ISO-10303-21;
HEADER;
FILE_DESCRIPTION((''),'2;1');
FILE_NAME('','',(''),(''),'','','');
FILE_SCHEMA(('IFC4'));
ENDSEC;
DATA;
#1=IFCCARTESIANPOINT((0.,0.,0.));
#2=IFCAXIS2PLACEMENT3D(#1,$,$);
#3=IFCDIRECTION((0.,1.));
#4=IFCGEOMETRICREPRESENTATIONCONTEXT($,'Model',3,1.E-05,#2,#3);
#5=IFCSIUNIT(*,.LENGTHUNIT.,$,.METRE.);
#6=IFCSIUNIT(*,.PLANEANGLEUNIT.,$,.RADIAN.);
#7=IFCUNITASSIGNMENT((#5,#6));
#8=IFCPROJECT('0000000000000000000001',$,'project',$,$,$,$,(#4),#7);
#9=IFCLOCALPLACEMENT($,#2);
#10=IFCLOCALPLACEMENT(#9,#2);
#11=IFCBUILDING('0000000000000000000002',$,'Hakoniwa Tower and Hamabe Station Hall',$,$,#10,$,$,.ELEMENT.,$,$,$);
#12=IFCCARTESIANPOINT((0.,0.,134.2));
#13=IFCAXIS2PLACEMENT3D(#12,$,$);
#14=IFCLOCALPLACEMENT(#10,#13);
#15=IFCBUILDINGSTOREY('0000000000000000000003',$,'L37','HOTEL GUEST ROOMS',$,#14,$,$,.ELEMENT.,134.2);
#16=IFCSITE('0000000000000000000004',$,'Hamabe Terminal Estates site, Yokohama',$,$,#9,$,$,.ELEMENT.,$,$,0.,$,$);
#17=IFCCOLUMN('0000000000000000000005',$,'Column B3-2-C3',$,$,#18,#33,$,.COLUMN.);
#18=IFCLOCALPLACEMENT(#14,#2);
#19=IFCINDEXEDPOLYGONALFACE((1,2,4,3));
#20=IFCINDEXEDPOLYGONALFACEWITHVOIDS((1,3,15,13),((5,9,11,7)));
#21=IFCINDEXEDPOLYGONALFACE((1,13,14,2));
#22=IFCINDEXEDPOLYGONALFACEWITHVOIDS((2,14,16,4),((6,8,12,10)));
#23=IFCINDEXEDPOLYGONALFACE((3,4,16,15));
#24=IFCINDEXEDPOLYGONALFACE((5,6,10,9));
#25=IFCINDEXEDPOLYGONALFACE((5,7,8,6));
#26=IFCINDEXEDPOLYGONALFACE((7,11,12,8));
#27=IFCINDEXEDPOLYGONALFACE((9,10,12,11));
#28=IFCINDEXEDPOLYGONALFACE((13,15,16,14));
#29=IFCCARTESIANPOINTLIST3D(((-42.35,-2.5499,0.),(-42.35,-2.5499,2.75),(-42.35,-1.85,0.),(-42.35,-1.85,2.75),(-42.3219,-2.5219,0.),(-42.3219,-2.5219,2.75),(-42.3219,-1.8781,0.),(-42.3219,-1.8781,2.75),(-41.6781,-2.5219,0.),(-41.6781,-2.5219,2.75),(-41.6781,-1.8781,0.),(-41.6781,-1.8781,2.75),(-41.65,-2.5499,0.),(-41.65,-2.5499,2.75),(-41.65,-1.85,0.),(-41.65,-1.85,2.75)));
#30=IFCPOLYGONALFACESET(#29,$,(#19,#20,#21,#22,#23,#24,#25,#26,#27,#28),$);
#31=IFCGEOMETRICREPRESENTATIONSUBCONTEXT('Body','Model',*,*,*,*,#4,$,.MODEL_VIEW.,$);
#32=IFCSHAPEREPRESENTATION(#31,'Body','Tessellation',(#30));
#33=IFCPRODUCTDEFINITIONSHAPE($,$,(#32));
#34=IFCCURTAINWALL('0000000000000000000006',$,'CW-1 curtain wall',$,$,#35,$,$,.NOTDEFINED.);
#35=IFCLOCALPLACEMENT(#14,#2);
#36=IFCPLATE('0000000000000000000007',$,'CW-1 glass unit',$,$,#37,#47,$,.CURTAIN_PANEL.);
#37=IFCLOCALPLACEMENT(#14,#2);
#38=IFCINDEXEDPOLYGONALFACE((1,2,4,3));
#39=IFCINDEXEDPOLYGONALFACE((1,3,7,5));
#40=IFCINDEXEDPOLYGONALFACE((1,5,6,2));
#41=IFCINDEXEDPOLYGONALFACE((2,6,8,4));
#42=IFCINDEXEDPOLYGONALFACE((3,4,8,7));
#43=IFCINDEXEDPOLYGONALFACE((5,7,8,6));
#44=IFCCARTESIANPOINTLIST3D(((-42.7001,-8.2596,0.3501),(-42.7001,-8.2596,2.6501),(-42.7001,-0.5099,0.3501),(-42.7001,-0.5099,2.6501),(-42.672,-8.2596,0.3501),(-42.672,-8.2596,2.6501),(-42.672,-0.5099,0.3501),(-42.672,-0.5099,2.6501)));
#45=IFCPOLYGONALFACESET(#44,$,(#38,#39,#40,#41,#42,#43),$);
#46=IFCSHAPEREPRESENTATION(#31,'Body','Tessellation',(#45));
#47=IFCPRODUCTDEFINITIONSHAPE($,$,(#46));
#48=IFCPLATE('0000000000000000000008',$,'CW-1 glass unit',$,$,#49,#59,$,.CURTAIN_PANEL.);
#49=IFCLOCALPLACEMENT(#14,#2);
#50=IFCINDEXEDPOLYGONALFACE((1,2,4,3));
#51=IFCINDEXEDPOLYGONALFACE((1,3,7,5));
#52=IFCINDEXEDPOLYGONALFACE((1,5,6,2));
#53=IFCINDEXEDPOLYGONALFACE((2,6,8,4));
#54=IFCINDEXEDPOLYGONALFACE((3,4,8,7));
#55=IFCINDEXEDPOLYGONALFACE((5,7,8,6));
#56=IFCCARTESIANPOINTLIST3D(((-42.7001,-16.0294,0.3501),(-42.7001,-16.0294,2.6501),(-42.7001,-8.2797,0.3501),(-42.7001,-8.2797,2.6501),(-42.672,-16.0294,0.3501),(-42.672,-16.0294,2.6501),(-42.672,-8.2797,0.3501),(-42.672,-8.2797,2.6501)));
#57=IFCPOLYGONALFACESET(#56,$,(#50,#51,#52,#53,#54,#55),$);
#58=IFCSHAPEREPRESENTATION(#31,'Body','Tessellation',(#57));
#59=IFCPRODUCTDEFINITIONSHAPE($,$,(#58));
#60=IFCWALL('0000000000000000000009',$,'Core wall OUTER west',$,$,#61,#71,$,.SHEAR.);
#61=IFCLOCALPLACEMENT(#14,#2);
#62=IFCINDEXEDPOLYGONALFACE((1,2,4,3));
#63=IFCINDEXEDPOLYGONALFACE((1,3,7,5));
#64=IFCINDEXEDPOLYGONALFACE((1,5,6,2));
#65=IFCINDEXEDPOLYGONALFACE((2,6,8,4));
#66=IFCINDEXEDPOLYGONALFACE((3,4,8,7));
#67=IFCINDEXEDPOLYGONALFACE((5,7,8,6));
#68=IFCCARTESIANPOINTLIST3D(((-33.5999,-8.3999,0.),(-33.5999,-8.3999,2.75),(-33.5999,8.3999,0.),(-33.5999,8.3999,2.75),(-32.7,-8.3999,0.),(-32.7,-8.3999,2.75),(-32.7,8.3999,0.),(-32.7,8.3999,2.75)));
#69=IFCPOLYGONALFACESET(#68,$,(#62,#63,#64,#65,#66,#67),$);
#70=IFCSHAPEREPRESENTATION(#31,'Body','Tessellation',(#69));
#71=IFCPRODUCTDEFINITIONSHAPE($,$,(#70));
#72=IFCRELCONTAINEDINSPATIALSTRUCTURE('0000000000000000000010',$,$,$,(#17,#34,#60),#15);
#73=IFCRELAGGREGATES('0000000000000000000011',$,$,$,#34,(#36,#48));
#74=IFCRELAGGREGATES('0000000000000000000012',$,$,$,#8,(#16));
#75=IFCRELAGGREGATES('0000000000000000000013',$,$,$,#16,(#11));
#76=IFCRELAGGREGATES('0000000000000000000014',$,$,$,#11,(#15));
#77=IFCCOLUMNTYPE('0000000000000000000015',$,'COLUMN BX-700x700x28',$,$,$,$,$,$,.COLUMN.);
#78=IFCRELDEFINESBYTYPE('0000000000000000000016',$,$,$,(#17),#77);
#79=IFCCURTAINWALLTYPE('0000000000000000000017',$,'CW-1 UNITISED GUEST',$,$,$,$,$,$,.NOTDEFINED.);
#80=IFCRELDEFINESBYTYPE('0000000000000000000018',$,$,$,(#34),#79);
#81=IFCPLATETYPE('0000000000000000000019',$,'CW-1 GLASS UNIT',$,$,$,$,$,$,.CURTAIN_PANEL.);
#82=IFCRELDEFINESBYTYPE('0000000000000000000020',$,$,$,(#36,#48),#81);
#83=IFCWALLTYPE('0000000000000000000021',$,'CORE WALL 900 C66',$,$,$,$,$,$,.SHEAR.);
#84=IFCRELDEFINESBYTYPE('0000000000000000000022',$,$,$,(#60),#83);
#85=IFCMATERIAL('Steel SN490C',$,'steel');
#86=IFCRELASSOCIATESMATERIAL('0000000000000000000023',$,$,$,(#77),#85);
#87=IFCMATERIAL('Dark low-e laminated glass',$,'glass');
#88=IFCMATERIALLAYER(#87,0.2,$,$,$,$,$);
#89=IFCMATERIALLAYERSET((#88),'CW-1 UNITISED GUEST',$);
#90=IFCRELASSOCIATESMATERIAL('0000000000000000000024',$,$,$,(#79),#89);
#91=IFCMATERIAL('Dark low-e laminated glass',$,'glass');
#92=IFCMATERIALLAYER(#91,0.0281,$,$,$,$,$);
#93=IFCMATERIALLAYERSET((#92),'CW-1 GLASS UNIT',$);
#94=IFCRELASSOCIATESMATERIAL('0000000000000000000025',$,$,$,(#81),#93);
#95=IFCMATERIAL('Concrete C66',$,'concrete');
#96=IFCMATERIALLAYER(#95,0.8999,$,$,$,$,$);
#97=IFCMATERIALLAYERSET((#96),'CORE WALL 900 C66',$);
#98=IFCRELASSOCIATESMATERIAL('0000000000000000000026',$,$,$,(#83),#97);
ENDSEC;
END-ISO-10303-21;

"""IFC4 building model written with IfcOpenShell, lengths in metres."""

from ifc_helpers import new_model, si_unit, direction, frame, frame_2d, origin, origin_2d, place, context, subcontext, project, spatial, rectangle, hollow_rectangle, extrude, material, layer, layer_set, material_profile, profile_set, type_object, element, aggregate, save


model = new_model("IFC4")

# Units and contexts
model_context = context("Model", 3, precision=1e-05, world=origin(), true_north=direction((0.0, 1.0)))
body_context = subcontext(model_context, "Body", "Model", "MODEL_VIEW")
ifc_project = project(units=[si_unit("LENGTHUNIT", "METRE"), si_unit("PLANEANGLEUNIT", "RADIAN")], contexts=[model_context])

# Site, building, storey
site_placement = place(None, origin())
site = spatial("IfcSite", under=ifc_project, at=site_placement, Name="Hamabe Terminal Estates site, Yokohama", CompositionType="ELEMENT", RefElevation=0.0)
building_placement = place(site_placement, origin())
building = spatial("IfcBuilding", under=site, at=building_placement, Name="Hakoniwa Tower and Hamabe Station Hall", CompositionType="ELEMENT")
storey_placement = place(building_placement, frame((0.0, 0.0, 134.2)))
storey = spatial("IfcBuildingStorey", under=building, at=storey_placement, Name="L37", Description="HOTEL GUEST ROOMS", CompositionType="ELEMENT", Elevation=134.2)

# Column
ifc_material_1 = material(Name="Steel SN490C", Category="steel")
ifc_material_profile = material_profile(ifc_material_1, hollow_rectangle(XDim=0.7, YDim=0.7, WallThickness=0.0281, at=origin_2d()), Name="BX-700x700x28")
ifc_profile_set = profile_set([ifc_material_profile], Name="Steel SN490C")
column_type = type_object("IfcColumnType", Name="COLUMN BX-700x700x28", PredefinedType="COLUMN", material=ifc_profile_set)
column_placement = place(storey_placement, frame((-42.0, -2.2, 0.0), z_axis=(0.0, 0.0, 1.0), x_axis=(1.0, 0.0, 0.0)))
element("IfcColumn", 1, at=column_placement, inside=storey, type_object=column_type, Name="Column B3-2-C3", PredefinedType="COLUMN", context=body_context, shape_type="SweptSolid", body=[
    extrude(hollow_rectangle(XDim=0.7, YDim=0.7, WallThickness=0.0281, at=origin_2d()), origin(), (0.0, 0.0, 1.0), 2.75),
])

# Curtain wall, plates
ifc_material_2 = material(Name="Dark low-e laminated glass", Category="glass")
ifc_layer_1 = layer(ifc_material_2, 0.2)
ifc_layer_set_1 = layer_set([ifc_layer_1], Name="CW-1 UNITISED GUEST")
curtain_wall_type = type_object("IfcCurtainWallType", Name="CW-1 UNITISED GUEST", PredefinedType="NOTDEFINED", material=ifc_layer_set_1)
curtain_wall_placement = place(storey_placement, origin())
curtain_wall = element("IfcCurtainWall", 2, at=curtain_wall_placement, inside=storey, type_object=curtain_wall_type, Name="CW-1 curtain wall", PredefinedType="NOTDEFINED")
ifc_material_3 = material(Name="Dark low-e laminated glass", Category="glass")
ifc_layer_2 = layer(ifc_material_3, 0.0281)
ifc_layer_set_2 = layer_set([ifc_layer_2], Name="CW-1 GLASS UNIT")
plate_type = type_object("IfcPlateType", Name="CW-1 GLASS UNIT", PredefinedType="CURTAIN_PANEL", material=ifc_layer_set_2)
plate_1_placement = place(storey_placement, frame((-42.686, -4.3848, 0.3501), z_axis=(0.0, 0.0, 1.0), x_axis=(0.0, -1.0, 0.0)))
plate_1 = element("IfcPlate", 3, at=plate_1_placement, type_object=plate_type, Name="CW-1 glass unit", PredefinedType="CURTAIN_PANEL", context=body_context, shape_type="SweptSolid", body=[
    extrude(rectangle(XDim=7.7498, YDim=0.0281, at=origin_2d()), origin(), (0.0, 0.0, 1.0), 2.3),
])
plate_2_placement = place(storey_placement, frame((-42.686, -12.1545, 0.3501), z_axis=(0.0, 0.0, 1.0), x_axis=(0.0, -1.0, 0.0)))
plate_2 = element("IfcPlate", 4, at=plate_2_placement, type_object=plate_type, Name="CW-1 glass unit", PredefinedType="CURTAIN_PANEL", context=body_context, shape_type="SweptSolid", body=[
    extrude(rectangle(XDim=7.7498, YDim=0.0281, at=origin_2d()), origin(), (0.0, 0.0, 1.0), 2.3),
])
aggregate(curtain_wall, [plate_1, plate_2])

# Wall
ifc_material_4 = material(Name="Concrete C66", Category="concrete")
ifc_layer_3 = layer(ifc_material_4, 0.8999)
ifc_layer_set_3 = layer_set([ifc_layer_3], Name="CORE WALL 900 C66")
wall_type_1 = type_object("IfcWallType", Name="CORE WALL 900 C66", PredefinedType="SHEAR", material=ifc_layer_set_3)
wall_1_placement = place(storey_placement, frame((-33.1499, -8.3999, 0.0), z_axis=(0.0, 0.0, 1.0), x_axis=(0.0, 1.0, 0.0)))
element("IfcWall", 5, at=wall_1_placement, inside=storey, type_object=wall_type_1, Name="Core wall OUTER west", PredefinedType="SHEAR", context=body_context, shape_type="SweptSolid", body=[
    extrude(rectangle(XDim=16.7998, YDim=0.8999, at=frame_2d((8.3999, 0.0))), origin(), (0.0, 0.0, 1.0), 2.75),
])

save(model, "model.ifc")
